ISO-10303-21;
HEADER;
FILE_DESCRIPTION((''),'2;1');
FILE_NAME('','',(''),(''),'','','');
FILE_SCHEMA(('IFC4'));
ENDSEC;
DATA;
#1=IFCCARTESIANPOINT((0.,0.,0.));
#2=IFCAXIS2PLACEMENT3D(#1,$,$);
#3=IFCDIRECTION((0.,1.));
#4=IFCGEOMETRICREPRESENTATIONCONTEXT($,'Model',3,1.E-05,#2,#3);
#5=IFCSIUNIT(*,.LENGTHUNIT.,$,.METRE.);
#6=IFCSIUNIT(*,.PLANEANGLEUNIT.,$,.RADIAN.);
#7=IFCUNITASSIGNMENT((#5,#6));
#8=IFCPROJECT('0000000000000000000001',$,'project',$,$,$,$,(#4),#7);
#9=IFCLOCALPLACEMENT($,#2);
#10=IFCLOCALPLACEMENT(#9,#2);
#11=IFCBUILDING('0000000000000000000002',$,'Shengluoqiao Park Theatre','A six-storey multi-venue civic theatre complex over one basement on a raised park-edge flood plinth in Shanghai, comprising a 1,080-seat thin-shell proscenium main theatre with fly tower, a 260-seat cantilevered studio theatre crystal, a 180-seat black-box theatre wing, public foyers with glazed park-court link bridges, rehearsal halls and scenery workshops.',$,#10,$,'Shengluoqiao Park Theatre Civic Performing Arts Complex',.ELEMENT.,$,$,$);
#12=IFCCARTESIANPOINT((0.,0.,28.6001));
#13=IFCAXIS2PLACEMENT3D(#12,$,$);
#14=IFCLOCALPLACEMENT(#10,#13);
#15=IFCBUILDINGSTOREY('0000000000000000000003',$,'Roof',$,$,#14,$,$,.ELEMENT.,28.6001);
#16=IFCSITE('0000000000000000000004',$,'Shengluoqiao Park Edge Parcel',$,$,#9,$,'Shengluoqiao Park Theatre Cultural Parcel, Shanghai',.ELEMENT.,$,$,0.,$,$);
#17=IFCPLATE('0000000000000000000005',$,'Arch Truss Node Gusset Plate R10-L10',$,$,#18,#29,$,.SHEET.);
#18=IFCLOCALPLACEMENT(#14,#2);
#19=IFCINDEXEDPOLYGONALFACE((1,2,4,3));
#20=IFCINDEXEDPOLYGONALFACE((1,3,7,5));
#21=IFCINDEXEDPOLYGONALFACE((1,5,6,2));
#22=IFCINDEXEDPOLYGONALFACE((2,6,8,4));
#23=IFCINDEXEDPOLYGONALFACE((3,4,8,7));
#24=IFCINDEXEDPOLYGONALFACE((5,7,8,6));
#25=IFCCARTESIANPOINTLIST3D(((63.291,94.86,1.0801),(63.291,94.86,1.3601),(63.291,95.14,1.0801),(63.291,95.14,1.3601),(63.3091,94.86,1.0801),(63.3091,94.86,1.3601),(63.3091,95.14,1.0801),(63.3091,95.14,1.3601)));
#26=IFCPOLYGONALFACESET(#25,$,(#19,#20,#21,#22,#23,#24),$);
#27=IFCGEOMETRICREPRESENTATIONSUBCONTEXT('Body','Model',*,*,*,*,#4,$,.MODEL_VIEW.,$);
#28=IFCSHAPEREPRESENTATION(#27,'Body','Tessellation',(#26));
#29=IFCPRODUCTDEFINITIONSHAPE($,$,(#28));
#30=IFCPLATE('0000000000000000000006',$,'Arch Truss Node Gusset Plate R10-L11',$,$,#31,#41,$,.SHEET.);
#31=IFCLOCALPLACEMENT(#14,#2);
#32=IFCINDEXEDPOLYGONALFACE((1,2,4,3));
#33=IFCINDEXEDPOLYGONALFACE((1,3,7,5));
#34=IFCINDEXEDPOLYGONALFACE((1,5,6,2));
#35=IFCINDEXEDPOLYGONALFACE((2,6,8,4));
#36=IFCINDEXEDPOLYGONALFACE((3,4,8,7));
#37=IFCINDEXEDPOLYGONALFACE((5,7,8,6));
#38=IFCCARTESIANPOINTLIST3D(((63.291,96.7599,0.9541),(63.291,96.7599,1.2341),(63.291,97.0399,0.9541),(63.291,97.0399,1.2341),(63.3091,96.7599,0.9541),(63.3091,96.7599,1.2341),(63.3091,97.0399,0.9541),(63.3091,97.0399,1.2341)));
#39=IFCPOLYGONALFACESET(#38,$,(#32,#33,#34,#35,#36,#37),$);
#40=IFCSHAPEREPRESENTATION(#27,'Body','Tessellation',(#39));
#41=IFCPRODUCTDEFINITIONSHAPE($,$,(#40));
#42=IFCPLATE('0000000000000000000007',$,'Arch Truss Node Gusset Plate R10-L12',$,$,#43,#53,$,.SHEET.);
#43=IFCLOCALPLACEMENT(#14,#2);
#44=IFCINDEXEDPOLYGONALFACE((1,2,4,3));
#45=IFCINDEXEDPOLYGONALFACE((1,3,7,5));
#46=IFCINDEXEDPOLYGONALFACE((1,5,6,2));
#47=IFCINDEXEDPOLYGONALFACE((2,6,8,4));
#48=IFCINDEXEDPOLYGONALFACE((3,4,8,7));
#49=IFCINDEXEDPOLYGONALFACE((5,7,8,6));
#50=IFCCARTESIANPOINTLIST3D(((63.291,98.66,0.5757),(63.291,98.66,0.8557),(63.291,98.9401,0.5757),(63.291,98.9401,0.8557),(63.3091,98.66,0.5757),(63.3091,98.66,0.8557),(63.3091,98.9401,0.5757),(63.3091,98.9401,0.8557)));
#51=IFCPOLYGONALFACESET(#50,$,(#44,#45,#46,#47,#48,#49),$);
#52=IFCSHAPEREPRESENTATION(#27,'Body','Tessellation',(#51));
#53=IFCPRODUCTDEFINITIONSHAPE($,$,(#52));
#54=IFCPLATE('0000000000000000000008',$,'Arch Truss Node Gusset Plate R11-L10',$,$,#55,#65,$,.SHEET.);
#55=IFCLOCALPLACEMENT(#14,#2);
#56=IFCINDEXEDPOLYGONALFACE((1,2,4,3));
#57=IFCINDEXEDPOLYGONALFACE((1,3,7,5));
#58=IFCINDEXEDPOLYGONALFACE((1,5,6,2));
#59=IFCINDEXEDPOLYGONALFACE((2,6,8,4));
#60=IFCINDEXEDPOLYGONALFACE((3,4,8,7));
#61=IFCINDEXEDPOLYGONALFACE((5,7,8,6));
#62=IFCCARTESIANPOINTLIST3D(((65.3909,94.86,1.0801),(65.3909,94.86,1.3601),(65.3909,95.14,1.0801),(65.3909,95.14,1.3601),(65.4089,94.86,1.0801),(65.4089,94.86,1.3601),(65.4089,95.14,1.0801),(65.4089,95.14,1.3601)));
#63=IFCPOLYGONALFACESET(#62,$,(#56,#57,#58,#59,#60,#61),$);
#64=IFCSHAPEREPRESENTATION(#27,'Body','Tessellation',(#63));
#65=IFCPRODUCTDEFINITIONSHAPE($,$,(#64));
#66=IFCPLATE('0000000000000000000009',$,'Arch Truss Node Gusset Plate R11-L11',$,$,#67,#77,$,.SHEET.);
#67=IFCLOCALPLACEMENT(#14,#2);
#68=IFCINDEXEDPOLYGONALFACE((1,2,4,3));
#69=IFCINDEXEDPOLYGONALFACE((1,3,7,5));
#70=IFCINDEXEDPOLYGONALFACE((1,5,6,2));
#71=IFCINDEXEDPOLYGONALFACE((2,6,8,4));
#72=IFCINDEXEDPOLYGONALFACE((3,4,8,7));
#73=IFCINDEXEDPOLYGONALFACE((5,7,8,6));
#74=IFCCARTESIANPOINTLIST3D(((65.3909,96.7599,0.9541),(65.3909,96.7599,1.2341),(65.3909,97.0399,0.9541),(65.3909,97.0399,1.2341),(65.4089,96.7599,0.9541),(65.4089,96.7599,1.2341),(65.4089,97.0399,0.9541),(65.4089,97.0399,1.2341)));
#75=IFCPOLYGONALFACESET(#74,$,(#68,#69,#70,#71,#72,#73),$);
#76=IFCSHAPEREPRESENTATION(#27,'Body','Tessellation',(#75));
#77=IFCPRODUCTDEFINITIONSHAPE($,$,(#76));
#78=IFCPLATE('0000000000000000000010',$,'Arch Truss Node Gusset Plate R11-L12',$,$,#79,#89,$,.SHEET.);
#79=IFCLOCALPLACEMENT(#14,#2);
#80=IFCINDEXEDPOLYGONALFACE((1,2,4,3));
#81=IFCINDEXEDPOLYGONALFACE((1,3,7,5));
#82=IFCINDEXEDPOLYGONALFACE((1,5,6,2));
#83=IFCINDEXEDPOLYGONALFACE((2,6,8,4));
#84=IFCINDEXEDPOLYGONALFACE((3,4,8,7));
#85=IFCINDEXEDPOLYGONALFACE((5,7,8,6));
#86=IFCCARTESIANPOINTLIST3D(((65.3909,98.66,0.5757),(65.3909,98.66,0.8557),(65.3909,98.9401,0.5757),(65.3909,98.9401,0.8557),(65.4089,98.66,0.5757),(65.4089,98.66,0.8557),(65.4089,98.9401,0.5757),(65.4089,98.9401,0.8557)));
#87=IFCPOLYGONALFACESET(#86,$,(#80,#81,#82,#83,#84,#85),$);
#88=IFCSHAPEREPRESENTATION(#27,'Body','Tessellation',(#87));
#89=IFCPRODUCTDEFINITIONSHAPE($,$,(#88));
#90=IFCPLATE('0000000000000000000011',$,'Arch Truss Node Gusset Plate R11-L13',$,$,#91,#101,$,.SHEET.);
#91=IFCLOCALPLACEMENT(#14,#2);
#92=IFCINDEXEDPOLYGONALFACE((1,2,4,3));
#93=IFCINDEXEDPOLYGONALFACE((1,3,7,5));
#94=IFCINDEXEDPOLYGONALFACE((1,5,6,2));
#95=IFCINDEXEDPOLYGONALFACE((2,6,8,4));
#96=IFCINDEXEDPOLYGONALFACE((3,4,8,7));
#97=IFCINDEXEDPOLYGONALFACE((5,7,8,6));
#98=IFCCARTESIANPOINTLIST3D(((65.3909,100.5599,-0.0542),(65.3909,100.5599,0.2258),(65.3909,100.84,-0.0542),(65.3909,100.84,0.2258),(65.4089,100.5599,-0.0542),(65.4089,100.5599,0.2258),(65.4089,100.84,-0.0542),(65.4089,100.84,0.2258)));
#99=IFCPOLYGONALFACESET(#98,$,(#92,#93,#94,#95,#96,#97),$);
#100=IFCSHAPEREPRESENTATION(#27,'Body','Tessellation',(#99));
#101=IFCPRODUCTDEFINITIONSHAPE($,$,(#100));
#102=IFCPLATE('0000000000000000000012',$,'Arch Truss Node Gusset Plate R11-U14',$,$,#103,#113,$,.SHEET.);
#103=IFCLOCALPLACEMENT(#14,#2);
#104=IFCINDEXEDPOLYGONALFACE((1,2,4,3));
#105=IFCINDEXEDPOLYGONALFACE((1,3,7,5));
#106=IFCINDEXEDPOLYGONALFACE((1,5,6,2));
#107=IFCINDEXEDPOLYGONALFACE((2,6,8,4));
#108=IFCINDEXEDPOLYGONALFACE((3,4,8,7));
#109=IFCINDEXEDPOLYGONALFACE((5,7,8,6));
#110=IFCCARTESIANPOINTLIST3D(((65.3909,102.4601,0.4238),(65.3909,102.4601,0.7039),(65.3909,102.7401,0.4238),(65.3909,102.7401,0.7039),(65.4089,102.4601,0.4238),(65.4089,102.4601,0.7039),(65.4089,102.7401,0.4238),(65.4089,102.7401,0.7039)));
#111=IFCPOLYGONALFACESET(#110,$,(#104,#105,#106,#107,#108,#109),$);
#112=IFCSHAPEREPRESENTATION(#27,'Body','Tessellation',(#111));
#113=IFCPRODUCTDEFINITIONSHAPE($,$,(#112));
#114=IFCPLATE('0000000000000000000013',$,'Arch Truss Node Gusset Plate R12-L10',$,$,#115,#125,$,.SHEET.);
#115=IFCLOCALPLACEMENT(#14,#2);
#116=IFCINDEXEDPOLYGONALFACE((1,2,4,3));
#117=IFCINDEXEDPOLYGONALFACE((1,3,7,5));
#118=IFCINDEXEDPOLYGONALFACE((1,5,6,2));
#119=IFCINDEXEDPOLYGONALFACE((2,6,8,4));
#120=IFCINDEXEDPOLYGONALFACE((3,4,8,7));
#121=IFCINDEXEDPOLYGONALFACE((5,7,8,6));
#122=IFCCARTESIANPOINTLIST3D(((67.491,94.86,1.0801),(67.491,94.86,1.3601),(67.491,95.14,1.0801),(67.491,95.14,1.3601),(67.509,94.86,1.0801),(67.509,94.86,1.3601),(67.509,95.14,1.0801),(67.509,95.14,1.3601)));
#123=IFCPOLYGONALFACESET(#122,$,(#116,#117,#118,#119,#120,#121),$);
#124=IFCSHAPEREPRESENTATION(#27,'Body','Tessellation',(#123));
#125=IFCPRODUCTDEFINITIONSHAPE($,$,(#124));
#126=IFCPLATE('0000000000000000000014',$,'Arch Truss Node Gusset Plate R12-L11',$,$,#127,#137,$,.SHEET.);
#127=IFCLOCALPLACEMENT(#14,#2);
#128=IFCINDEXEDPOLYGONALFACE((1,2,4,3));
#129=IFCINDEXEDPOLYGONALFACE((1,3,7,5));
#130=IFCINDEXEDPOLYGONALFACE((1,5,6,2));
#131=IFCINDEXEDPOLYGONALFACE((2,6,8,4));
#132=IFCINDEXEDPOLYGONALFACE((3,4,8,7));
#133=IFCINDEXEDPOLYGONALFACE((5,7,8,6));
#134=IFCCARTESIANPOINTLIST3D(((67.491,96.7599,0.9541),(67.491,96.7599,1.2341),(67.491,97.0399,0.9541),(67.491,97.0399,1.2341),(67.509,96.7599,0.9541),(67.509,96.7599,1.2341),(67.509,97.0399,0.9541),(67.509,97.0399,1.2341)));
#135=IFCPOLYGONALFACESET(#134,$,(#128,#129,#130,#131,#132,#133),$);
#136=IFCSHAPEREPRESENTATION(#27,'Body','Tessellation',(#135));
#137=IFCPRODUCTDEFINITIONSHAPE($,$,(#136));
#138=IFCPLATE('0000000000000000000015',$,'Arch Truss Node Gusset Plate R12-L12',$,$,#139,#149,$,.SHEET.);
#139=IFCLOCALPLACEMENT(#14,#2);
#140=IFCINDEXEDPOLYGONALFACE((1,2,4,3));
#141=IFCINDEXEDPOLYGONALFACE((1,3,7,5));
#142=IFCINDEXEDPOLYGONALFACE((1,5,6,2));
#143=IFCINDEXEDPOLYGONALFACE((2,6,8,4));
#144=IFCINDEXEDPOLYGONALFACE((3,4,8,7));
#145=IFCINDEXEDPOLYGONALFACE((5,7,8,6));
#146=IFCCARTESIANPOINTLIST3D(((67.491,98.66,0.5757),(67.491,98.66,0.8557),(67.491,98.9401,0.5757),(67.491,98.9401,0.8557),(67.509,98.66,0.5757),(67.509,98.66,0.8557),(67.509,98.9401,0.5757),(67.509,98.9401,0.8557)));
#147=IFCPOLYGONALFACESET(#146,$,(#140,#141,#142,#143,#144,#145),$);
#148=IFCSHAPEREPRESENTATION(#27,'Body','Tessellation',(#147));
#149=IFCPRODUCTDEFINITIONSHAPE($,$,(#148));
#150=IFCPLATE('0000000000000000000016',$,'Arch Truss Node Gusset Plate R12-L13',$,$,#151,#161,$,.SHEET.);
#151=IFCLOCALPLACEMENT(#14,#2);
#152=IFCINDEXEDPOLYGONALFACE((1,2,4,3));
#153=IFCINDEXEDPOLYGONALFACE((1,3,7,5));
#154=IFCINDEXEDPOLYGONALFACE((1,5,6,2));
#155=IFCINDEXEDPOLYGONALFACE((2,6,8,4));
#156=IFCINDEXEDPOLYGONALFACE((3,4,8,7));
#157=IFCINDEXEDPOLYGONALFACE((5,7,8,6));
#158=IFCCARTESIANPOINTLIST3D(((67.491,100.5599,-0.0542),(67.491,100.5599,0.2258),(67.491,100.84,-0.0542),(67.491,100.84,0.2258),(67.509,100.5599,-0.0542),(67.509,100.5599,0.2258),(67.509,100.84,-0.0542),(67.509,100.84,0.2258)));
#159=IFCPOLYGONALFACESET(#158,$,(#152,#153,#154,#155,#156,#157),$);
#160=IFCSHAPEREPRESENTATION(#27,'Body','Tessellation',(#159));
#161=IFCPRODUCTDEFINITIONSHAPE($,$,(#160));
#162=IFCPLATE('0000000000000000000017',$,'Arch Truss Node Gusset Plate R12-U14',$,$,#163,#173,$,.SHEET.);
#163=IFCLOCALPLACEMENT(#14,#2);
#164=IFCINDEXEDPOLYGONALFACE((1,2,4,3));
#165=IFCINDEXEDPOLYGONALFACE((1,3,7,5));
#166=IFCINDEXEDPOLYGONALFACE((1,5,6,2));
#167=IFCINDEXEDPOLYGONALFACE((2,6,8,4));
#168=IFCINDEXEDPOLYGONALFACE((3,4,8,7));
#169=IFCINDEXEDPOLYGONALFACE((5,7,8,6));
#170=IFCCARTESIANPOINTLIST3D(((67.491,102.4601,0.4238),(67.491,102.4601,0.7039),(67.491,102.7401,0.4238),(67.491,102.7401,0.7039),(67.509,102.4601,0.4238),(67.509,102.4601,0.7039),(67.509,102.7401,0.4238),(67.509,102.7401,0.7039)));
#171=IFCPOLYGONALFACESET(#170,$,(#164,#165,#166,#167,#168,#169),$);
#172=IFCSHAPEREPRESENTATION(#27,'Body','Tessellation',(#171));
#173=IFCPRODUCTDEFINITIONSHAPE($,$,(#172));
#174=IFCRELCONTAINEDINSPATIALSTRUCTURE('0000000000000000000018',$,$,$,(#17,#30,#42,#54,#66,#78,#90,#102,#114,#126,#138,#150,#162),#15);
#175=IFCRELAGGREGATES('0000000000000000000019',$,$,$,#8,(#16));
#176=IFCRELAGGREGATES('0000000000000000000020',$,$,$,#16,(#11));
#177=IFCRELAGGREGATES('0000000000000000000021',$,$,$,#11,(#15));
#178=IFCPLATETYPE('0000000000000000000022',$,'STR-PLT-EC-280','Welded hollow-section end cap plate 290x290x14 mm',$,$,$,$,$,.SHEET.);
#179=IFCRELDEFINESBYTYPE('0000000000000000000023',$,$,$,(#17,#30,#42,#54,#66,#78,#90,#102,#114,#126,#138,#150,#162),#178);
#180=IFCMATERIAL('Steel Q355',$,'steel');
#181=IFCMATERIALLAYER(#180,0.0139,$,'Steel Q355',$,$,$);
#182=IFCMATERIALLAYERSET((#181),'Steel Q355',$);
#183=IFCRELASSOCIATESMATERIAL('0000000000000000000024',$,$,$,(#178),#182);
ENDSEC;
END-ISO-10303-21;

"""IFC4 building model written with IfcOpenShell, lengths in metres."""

from ifc_helpers import new_model, si_unit, direction, frame, origin, origin_2d, place, context, subcontext, project, spatial, rectangle, extrude, material, layer, layer_set, type_object, element, save


model = new_model("IFC4")

# Units and contexts
model_context = context("Model", 3, precision=1e-05, world=origin(), true_north=direction((0.0, 1.0)))
body_context = subcontext(model_context, "Body", "Model", "MODEL_VIEW")
ifc_project = project(units=[si_unit("LENGTHUNIT", "METRE"), si_unit("PLANEANGLEUNIT", "RADIAN")], contexts=[model_context])

# Site, building, storey
site_placement = place(None, origin())
site = spatial("IfcSite", under=ifc_project, at=site_placement, Name="Shengluoqiao Park Edge Parcel", LongName="Shengluoqiao Park Theatre Cultural Parcel, Shanghai", CompositionType="ELEMENT", RefElevation=0.0)
building_placement = place(site_placement, origin())
building = spatial("IfcBuilding", under=site, at=building_placement, Name="Shengluoqiao Park Theatre", Description="A six-storey multi-venue civic theatre complex over one basement on a raised park-edge flood plinth in Shanghai, comprising a 1,080-seat thin-shell proscenium main theatre with fly tower, a 260-seat cantilevered studio theatre crystal, a 180-seat black-box theatre wing, public foyers with glazed park-court link bridges, rehearsal halls and scenery workshops.", LongName="Shengluoqiao Park Theatre Civic Performing Arts Complex", CompositionType="ELEMENT")
storey_placement = place(building_placement, frame((0.0, 0.0, 28.6001)))
storey = spatial("IfcBuildingStorey", under=building, at=storey_placement, Name="Roof", CompositionType="ELEMENT", Elevation=28.6001)

# Shared definitions
ifc_material_1 = material(Name="Steel Q355", Category="steel")

# Plates
ifc_layer = layer(ifc_material_1, 0.0139, Name="Steel Q355")
ifc_layer_set = layer_set([ifc_layer], Name="Steel Q355")
plate_type = type_object("IfcPlateType", Name="STR-PLT-EC-280", Description="Welded hollow-section end cap plate 290x290x14 mm", PredefinedType="SHEET", material=ifc_layer_set)
for number, where, z_axis, x_axis, name in (
    (1, (63.3, 95.0, 1.0801), (0.0, 0.0, 1.0), (1.0, 0.0, 0.0), "Arch Truss Node Gusset Plate R10-L10"),
    (2, (63.3, 96.8999, 0.9541), (0.0, 0.0, 1.0), (1.0, 0.0, 0.0), "Arch Truss Node Gusset Plate R10-L11"),
    (3, (63.3, 98.8, 0.5757), (0.0, 0.0, 1.0), (1.0, 0.0, 0.0), "Arch Truss Node Gusset Plate R10-L12"),
    (4, (65.3999, 95.0, 1.0801), (0.0, 0.0, 1.0), (1.0, 0.0, 0.0), "Arch Truss Node Gusset Plate R11-L10"),
    (5, (65.3999, 96.8999, 0.9541), (0.0, 0.0, 1.0), (1.0, 0.0, 0.0), "Arch Truss Node Gusset Plate R11-L11"),
    (6, (65.3999, 98.8, 0.5757), (0.0, 0.0, 1.0), (1.0, 0.0, 0.0), "Arch Truss Node Gusset Plate R11-L12"),
    (7, (65.3999, 100.7, -0.0542), (0.0, 0.0, 1.0), (1.0, 0.0, 0.0), "Arch Truss Node Gusset Plate R11-L13"),
    (8, (65.3999, 102.6001, 0.4238), (0.0, 0.0, 1.0), (1.0, 0.0, 0.0), "Arch Truss Node Gusset Plate R11-U14"),
    (9, (67.5, 95.0, 1.0801), (0.0, 0.0, 1.0), (1.0, 0.0, 0.0), "Arch Truss Node Gusset Plate R12-L10"),
    (10, (67.5, 96.8999, 0.9541), (0.0, 0.0, 1.0), (1.0, 0.0, 0.0), "Arch Truss Node Gusset Plate R12-L11"),
    (11, (67.5, 98.8, 0.5757), (0.0, 0.0, 1.0), (1.0, 0.0, 0.0), "Arch Truss Node Gusset Plate R12-L12"),
    (12, (67.5, 100.7, -0.0542), (0.0, 0.0, 1.0), (1.0, 0.0, 0.0), "Arch Truss Node Gusset Plate R12-L13"),
    (13, (67.5, 102.6001, 0.4238), (0.0, 0.0, 1.0), (1.0, 0.0, 0.0), "Arch Truss Node Gusset Plate R12-U14"),
):
    element("IfcPlate", number, at=place(storey_placement, frame(where, z_axis=z_axis, x_axis=x_axis)), inside=storey, type_object=plate_type, Name=name, PredefinedType="SHEET", context=body_context, shape_type="SweptSolid", body=[
        extrude(rectangle(XDim=0.0181, YDim=0.28, at=origin_2d()), origin(), (0.0, 0.0, 1.0), 0.28),
    ])

save(model, "model.ifc")
